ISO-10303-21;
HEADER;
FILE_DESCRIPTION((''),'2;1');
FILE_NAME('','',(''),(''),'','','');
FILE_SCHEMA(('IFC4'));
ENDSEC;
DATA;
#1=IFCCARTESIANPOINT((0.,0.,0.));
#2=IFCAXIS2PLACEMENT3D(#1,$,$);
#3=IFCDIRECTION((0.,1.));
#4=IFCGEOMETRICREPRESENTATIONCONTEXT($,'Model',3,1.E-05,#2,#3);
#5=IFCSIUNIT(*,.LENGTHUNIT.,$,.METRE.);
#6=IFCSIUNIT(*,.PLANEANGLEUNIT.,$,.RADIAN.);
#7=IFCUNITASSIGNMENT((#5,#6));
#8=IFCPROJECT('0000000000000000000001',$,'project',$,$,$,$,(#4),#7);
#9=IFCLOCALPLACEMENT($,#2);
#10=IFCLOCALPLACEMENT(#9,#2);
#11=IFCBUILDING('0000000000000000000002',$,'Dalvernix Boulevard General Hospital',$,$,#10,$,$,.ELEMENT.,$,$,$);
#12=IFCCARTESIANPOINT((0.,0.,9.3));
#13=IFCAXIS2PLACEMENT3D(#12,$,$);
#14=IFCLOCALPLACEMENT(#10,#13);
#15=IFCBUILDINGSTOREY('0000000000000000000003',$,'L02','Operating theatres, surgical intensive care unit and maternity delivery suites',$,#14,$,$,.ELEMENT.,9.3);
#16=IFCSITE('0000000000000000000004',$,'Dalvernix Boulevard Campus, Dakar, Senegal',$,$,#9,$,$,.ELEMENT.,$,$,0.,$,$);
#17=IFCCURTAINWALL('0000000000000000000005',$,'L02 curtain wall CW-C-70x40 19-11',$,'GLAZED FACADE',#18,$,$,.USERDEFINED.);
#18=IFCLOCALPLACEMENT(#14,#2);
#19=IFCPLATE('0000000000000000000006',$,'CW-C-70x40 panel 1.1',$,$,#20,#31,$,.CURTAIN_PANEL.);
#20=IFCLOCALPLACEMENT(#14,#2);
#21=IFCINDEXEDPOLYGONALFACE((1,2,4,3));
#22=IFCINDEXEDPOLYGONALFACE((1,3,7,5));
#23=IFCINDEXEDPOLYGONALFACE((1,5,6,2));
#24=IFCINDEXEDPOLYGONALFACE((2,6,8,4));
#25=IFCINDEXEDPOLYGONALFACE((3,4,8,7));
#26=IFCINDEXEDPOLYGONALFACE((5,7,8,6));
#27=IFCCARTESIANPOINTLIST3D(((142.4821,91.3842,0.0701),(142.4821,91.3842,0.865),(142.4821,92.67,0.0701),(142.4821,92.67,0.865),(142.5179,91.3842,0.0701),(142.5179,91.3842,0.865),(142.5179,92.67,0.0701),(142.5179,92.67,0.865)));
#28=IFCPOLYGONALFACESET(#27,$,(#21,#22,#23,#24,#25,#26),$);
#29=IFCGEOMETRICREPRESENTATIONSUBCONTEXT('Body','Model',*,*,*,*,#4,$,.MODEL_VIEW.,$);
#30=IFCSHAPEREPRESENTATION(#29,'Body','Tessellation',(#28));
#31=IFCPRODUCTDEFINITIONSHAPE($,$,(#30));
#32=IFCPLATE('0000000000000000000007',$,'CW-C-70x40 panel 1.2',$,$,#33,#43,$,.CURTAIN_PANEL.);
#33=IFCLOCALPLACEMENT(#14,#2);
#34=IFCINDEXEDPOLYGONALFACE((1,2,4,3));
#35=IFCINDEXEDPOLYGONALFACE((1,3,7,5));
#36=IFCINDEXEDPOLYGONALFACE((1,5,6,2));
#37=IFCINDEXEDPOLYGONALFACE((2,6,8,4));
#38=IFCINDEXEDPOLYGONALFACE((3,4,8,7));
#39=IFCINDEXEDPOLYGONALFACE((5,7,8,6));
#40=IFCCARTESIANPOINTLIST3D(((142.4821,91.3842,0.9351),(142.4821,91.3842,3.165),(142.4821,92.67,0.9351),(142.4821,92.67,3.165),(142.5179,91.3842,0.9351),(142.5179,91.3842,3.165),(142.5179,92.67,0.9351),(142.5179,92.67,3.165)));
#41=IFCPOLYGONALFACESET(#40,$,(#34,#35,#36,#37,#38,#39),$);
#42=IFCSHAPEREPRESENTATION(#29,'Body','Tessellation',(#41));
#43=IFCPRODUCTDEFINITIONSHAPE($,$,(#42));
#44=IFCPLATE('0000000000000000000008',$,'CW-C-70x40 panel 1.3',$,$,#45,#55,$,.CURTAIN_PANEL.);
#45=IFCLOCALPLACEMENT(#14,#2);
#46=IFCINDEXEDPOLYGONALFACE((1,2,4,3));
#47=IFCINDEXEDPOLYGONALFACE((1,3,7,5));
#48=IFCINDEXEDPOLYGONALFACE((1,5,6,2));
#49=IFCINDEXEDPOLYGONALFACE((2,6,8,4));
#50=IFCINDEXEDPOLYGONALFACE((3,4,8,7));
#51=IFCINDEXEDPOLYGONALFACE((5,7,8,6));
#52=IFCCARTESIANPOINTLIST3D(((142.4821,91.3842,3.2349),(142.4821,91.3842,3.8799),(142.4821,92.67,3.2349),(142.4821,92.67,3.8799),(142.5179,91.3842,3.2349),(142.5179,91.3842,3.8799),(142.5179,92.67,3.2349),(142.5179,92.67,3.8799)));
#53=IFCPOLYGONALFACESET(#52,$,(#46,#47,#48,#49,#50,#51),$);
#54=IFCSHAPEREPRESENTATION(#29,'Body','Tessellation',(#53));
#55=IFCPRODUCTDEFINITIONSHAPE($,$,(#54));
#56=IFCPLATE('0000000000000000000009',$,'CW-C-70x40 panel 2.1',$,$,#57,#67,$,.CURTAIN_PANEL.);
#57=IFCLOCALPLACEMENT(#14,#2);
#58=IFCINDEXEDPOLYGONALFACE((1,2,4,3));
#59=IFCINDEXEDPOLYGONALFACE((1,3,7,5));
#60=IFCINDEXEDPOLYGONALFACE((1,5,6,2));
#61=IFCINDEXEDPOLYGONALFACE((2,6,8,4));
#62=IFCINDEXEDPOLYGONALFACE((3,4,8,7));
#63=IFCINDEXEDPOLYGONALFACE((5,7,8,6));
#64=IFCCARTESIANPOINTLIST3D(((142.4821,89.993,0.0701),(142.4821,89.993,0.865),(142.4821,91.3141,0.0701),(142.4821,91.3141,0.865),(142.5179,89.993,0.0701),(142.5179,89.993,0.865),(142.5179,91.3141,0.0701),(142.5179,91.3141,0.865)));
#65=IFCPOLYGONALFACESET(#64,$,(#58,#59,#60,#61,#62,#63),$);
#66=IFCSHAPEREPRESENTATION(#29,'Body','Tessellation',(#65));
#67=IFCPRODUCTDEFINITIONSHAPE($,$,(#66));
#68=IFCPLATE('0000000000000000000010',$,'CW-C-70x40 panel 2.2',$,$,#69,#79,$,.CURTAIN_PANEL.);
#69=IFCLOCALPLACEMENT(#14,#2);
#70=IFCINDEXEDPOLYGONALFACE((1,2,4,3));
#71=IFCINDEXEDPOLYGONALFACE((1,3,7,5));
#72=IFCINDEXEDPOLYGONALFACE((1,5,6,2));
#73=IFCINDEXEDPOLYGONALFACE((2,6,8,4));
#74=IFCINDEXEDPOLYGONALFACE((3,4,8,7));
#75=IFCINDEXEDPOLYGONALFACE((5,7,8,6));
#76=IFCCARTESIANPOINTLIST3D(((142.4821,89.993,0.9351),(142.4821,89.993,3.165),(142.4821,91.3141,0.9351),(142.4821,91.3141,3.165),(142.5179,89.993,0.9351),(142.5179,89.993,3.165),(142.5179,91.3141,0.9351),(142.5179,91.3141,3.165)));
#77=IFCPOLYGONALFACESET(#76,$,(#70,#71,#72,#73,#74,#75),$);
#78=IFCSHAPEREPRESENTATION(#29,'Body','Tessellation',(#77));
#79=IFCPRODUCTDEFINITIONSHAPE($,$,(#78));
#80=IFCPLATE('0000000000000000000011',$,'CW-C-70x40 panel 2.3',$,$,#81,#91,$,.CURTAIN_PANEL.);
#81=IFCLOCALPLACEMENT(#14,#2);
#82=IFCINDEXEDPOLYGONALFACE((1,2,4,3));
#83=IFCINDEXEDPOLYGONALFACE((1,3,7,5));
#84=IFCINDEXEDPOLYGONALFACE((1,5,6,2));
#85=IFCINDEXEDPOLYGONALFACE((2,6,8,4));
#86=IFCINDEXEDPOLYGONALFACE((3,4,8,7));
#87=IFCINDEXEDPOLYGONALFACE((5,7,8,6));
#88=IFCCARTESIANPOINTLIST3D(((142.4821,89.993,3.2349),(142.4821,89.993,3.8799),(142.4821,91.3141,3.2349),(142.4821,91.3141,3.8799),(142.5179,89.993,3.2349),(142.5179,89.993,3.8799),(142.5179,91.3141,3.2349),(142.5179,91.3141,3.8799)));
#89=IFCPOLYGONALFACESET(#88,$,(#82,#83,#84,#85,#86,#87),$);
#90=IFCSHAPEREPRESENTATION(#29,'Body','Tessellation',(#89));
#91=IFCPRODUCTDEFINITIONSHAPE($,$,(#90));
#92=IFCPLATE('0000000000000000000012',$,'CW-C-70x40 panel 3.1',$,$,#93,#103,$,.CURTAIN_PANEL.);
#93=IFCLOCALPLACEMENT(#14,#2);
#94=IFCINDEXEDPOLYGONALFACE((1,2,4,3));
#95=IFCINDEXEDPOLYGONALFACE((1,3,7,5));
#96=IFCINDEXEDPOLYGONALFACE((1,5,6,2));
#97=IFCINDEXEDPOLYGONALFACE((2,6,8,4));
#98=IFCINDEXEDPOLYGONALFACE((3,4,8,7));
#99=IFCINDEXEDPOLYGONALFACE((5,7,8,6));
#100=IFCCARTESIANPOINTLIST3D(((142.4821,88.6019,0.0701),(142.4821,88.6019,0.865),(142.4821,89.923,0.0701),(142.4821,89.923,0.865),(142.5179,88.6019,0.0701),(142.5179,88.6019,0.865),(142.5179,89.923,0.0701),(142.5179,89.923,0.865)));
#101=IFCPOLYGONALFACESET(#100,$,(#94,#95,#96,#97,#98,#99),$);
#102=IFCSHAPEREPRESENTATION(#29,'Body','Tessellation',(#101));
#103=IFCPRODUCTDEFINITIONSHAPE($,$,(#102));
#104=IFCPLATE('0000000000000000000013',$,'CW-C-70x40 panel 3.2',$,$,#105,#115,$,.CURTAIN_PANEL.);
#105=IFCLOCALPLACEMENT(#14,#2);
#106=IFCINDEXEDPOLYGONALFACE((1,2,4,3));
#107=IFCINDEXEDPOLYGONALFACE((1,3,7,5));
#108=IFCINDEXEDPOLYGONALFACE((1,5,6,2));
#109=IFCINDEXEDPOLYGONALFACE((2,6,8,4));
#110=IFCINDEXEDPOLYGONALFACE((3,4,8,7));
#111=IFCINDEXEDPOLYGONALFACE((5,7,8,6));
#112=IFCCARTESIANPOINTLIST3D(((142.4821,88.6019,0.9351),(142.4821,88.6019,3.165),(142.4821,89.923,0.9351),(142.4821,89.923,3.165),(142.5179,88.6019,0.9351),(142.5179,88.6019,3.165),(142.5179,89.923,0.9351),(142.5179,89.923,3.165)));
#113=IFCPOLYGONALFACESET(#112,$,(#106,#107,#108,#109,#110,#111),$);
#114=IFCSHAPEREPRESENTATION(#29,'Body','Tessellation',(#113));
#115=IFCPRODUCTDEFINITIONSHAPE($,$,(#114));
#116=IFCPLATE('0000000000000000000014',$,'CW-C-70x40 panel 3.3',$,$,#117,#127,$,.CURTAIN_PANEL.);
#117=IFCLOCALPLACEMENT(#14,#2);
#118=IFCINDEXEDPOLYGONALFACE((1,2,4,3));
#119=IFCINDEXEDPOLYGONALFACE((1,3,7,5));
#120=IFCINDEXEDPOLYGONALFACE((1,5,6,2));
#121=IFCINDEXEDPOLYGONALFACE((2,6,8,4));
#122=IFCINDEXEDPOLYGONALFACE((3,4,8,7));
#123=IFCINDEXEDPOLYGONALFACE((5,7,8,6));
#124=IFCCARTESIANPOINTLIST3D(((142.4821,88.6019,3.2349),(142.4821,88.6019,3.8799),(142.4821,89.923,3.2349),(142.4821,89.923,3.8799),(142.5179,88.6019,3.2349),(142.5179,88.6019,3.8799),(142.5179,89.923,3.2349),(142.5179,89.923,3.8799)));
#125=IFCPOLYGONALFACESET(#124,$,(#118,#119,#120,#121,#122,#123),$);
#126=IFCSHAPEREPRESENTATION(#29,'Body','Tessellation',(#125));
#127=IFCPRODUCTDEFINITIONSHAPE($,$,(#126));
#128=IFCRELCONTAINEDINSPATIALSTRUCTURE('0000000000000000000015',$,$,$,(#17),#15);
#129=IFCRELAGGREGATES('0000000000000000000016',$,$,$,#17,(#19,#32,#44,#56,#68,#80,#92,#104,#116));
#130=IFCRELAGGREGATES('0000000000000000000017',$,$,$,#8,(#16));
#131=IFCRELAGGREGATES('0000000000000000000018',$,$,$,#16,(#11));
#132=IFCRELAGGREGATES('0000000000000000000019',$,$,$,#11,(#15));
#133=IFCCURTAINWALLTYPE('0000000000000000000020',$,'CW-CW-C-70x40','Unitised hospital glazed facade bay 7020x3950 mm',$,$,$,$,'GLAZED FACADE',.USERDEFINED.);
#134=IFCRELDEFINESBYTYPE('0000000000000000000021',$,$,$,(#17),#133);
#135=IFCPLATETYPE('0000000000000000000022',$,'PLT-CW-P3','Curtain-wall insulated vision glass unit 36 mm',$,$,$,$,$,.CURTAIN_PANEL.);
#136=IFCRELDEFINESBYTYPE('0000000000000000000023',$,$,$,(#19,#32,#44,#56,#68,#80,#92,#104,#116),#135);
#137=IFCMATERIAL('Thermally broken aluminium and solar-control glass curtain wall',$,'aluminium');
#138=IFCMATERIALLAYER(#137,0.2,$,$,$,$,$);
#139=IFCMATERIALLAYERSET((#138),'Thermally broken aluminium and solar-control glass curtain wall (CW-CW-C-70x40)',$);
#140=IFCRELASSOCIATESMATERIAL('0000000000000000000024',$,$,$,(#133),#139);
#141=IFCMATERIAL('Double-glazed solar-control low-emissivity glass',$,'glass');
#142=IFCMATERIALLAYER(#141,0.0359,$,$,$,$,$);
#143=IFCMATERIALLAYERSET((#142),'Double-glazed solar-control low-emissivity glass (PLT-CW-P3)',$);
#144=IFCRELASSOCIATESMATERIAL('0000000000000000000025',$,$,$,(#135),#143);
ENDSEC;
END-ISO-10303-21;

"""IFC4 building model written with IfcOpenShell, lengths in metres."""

from ifc_helpers import new_model, si_unit, direction, frame, origin, origin_2d, place, context, subcontext, project, spatial, rectangle, extrude, material, layer, layer_set, type_object, element, aggregate, save


model = new_model("IFC4")

# Units and contexts
model_context = context("Model", 3, precision=1e-05, world=origin(), true_north=direction((0.0, 1.0)))
body_context = subcontext(model_context, "Body", "Model", "MODEL_VIEW")
ifc_project = project(units=[si_unit("LENGTHUNIT", "METRE"), si_unit("PLANEANGLEUNIT", "RADIAN")], contexts=[model_context])

# Site, building, storey
site_placement = place(None, origin())
site = spatial("IfcSite", under=ifc_project, at=site_placement, Name="Dalvernix Boulevard Campus, Dakar, Senegal", CompositionType="ELEMENT", RefElevation=0.0)
building_placement = place(site_placement, origin())
building = spatial("IfcBuilding", under=site, at=building_placement, Name="Dalvernix Boulevard General Hospital", CompositionType="ELEMENT")
storey_placement = place(building_placement, frame((0.0, 0.0, 9.3)))
storey = spatial("IfcBuildingStorey", under=building, at=storey_placement, Name="L02", Description="Operating theatres, surgical intensive care unit and maternity delivery suites", CompositionType="ELEMENT", Elevation=9.3)

# Curtain wall, plates
ifc_material_1 = material(Name="Thermally broken aluminium and solar-control glass curtain wall", Category="aluminium")
ifc_layer_1 = layer(ifc_material_1, 0.2)
ifc_layer_set_1 = layer_set([ifc_layer_1], Name="Thermally broken aluminium and solar-control glass curtain wall (CW-CW-C-70x40)")
curtain_wall_type = type_object("IfcCurtainWallType", Name="CW-CW-C-70x40", Description="Unitised hospital glazed facade bay 7020x3950 mm", ElementType="GLAZED FACADE", PredefinedType="USERDEFINED", material=ifc_layer_set_1)
curtain_wall_placement = place(storey_placement, origin())
curtain_wall = element("IfcCurtainWall", 1, at=curtain_wall_placement, inside=storey, type_object=curtain_wall_type, Name="L02 curtain wall CW-C-70x40 19-11", ObjectType="GLAZED FACADE", PredefinedType="USERDEFINED")
ifc_material_2 = material(Name="Double-glazed solar-control low-emissivity glass", Category="glass")
ifc_layer_2 = layer(ifc_material_2, 0.0359)
ifc_layer_set_2 = layer_set([ifc_layer_2], Name="Double-glazed solar-control low-emissivity glass (PLT-CW-P3)")
plate_type = type_object("IfcPlateType", Name="PLT-CW-P3", Description="Curtain-wall insulated vision glass unit 36 mm", PredefinedType="CURTAIN_PANEL", material=ifc_layer_set_2)
plate_1_placement = place(storey_placement, frame((142.5, 92.0271, 0.0701), z_axis=(0.0, 0.0, 1.0), x_axis=(0.0, -1.0, 0.0)))
plate_1 = element("IfcPlate", 2, at=plate_1_placement, type_object=plate_type, Name="CW-C-70x40 panel 1.1", PredefinedType="CURTAIN_PANEL", context=body_context, shape_type="SweptSolid", body=[
    extrude(rectangle(XDim=1.2859, YDim=0.0359, at=origin_2d()), origin(), (0.0, 0.0, 1.0), 0.7949),
])
plate_2_placement = place(storey_placement, frame((142.5, 92.0271, 0.9351), z_axis=(0.0, 0.0, 1.0), x_axis=(0.0, -1.0, 0.0)))
plate_2 = element("IfcPlate", 3, at=plate_2_placement, type_object=plate_type, Name="CW-C-70x40 panel 1.2", PredefinedType="CURTAIN_PANEL", context=body_context, shape_type="SweptSolid", body=[
    extrude(rectangle(XDim=1.2859, YDim=0.0359, at=origin_2d()), origin(), (0.0, 0.0, 1.0), 2.23),
])
plate_3_placement = place(storey_placement, frame((142.5, 92.0271, 3.2349), z_axis=(0.0, 0.0, 1.0), x_axis=(0.0, -1.0, 0.0)))
plate_3 = element("IfcPlate", 4, at=plate_3_placement, type_object=plate_type, Name="CW-C-70x40 panel 1.3", PredefinedType="CURTAIN_PANEL", context=body_context, shape_type="SweptSolid", body=[
    extrude(rectangle(XDim=1.2859, YDim=0.0359, at=origin_2d()), origin(), (0.0, 0.0, 1.0), 0.645),
])
plate_4_placement = place(storey_placement, frame((142.5, 90.6536, 0.0701), z_axis=(0.0, 0.0, 1.0), x_axis=(0.0, -1.0, 0.0)))
plate_4 = element("IfcPlate", 5, at=plate_4_placement, type_object=plate_type, Name="CW-C-70x40 panel 2.1", PredefinedType="CURTAIN_PANEL", context=body_context, shape_type="SweptSolid", body=[
    extrude(rectangle(XDim=1.321, YDim=0.0359, at=origin_2d()), origin(), (0.0, 0.0, 1.0), 0.7949),
])
plate_5_placement = place(storey_placement, frame((142.5, 90.6536, 0.9351), z_axis=(0.0, 0.0, 1.0), x_axis=(0.0, -1.0, 0.0)))
plate_5 = element("IfcPlate", 6, at=plate_5_placement, type_object=plate_type, Name="CW-C-70x40 panel 2.2", PredefinedType="CURTAIN_PANEL", context=body_context, shape_type="SweptSolid", body=[
    extrude(rectangle(XDim=1.321, YDim=0.0359, at=origin_2d()), origin(), (0.0, 0.0, 1.0), 2.23),
])
plate_6_placement = place(storey_placement, frame((142.5, 90.6536, 3.2349), z_axis=(0.0, 0.0, 1.0), x_axis=(0.0, -1.0, 0.0)))
plate_6 = element("IfcPlate", 7, at=plate_6_placement, type_object=plate_type, Name="CW-C-70x40 panel 2.3", PredefinedType="CURTAIN_PANEL", context=body_context, shape_type="SweptSolid", body=[
    extrude(rectangle(XDim=1.321, YDim=0.0359, at=origin_2d()), origin(), (0.0, 0.0, 1.0), 0.645),
])
plate_7_placement = place(storey_placement, frame((142.5, 89.2625, 0.0701), z_axis=(0.0, 0.0, 1.0), x_axis=(0.0, -1.0, 0.0)))
plate_7 = element("IfcPlate", 8, at=plate_7_placement, type_object=plate_type, Name="CW-C-70x40 panel 3.1", PredefinedType="CURTAIN_PANEL", context=body_context, shape_type="SweptSolid", body=[
    extrude(rectangle(XDim=1.321, YDim=0.0359, at=origin_2d()), origin(), (0.0, 0.0, 1.0), 0.7949),
])
plate_8_placement = place(storey_placement, frame((142.5, 89.2625, 0.9351), z_axis=(0.0, 0.0, 1.0), x_axis=(0.0, -1.0, 0.0)))
plate_8 = element("IfcPlate", 9, at=plate_8_placement, type_object=plate_type, Name="CW-C-70x40 panel 3.2", PredefinedType="CURTAIN_PANEL", context=body_context, shape_type="SweptSolid", body=[
    extrude(rectangle(XDim=1.321, YDim=0.0359, at=origin_2d()), origin(), (0.0, 0.0, 1.0), 2.23),
])
plate_9_placement = place(storey_placement, frame((142.5, 89.2625, 3.2349), z_axis=(0.0, 0.0, 1.0), x_axis=(0.0, -1.0, 0.0)))
plate_9 = element("IfcPlate", 10, at=plate_9_placement, type_object=plate_type, Name="CW-C-70x40 panel 3.3", PredefinedType="CURTAIN_PANEL", context=body_context, shape_type="SweptSolid", body=[
    extrude(rectangle(XDim=1.321, YDim=0.0359, at=origin_2d()), origin(), (0.0, 0.0, 1.0), 0.645),
])
aggregate(curtain_wall, [plate_1, plate_2, plate_3, plate_4, plate_5, plate_6, plate_7, plate_8, plate_9])

save(model, "model.ifc")
